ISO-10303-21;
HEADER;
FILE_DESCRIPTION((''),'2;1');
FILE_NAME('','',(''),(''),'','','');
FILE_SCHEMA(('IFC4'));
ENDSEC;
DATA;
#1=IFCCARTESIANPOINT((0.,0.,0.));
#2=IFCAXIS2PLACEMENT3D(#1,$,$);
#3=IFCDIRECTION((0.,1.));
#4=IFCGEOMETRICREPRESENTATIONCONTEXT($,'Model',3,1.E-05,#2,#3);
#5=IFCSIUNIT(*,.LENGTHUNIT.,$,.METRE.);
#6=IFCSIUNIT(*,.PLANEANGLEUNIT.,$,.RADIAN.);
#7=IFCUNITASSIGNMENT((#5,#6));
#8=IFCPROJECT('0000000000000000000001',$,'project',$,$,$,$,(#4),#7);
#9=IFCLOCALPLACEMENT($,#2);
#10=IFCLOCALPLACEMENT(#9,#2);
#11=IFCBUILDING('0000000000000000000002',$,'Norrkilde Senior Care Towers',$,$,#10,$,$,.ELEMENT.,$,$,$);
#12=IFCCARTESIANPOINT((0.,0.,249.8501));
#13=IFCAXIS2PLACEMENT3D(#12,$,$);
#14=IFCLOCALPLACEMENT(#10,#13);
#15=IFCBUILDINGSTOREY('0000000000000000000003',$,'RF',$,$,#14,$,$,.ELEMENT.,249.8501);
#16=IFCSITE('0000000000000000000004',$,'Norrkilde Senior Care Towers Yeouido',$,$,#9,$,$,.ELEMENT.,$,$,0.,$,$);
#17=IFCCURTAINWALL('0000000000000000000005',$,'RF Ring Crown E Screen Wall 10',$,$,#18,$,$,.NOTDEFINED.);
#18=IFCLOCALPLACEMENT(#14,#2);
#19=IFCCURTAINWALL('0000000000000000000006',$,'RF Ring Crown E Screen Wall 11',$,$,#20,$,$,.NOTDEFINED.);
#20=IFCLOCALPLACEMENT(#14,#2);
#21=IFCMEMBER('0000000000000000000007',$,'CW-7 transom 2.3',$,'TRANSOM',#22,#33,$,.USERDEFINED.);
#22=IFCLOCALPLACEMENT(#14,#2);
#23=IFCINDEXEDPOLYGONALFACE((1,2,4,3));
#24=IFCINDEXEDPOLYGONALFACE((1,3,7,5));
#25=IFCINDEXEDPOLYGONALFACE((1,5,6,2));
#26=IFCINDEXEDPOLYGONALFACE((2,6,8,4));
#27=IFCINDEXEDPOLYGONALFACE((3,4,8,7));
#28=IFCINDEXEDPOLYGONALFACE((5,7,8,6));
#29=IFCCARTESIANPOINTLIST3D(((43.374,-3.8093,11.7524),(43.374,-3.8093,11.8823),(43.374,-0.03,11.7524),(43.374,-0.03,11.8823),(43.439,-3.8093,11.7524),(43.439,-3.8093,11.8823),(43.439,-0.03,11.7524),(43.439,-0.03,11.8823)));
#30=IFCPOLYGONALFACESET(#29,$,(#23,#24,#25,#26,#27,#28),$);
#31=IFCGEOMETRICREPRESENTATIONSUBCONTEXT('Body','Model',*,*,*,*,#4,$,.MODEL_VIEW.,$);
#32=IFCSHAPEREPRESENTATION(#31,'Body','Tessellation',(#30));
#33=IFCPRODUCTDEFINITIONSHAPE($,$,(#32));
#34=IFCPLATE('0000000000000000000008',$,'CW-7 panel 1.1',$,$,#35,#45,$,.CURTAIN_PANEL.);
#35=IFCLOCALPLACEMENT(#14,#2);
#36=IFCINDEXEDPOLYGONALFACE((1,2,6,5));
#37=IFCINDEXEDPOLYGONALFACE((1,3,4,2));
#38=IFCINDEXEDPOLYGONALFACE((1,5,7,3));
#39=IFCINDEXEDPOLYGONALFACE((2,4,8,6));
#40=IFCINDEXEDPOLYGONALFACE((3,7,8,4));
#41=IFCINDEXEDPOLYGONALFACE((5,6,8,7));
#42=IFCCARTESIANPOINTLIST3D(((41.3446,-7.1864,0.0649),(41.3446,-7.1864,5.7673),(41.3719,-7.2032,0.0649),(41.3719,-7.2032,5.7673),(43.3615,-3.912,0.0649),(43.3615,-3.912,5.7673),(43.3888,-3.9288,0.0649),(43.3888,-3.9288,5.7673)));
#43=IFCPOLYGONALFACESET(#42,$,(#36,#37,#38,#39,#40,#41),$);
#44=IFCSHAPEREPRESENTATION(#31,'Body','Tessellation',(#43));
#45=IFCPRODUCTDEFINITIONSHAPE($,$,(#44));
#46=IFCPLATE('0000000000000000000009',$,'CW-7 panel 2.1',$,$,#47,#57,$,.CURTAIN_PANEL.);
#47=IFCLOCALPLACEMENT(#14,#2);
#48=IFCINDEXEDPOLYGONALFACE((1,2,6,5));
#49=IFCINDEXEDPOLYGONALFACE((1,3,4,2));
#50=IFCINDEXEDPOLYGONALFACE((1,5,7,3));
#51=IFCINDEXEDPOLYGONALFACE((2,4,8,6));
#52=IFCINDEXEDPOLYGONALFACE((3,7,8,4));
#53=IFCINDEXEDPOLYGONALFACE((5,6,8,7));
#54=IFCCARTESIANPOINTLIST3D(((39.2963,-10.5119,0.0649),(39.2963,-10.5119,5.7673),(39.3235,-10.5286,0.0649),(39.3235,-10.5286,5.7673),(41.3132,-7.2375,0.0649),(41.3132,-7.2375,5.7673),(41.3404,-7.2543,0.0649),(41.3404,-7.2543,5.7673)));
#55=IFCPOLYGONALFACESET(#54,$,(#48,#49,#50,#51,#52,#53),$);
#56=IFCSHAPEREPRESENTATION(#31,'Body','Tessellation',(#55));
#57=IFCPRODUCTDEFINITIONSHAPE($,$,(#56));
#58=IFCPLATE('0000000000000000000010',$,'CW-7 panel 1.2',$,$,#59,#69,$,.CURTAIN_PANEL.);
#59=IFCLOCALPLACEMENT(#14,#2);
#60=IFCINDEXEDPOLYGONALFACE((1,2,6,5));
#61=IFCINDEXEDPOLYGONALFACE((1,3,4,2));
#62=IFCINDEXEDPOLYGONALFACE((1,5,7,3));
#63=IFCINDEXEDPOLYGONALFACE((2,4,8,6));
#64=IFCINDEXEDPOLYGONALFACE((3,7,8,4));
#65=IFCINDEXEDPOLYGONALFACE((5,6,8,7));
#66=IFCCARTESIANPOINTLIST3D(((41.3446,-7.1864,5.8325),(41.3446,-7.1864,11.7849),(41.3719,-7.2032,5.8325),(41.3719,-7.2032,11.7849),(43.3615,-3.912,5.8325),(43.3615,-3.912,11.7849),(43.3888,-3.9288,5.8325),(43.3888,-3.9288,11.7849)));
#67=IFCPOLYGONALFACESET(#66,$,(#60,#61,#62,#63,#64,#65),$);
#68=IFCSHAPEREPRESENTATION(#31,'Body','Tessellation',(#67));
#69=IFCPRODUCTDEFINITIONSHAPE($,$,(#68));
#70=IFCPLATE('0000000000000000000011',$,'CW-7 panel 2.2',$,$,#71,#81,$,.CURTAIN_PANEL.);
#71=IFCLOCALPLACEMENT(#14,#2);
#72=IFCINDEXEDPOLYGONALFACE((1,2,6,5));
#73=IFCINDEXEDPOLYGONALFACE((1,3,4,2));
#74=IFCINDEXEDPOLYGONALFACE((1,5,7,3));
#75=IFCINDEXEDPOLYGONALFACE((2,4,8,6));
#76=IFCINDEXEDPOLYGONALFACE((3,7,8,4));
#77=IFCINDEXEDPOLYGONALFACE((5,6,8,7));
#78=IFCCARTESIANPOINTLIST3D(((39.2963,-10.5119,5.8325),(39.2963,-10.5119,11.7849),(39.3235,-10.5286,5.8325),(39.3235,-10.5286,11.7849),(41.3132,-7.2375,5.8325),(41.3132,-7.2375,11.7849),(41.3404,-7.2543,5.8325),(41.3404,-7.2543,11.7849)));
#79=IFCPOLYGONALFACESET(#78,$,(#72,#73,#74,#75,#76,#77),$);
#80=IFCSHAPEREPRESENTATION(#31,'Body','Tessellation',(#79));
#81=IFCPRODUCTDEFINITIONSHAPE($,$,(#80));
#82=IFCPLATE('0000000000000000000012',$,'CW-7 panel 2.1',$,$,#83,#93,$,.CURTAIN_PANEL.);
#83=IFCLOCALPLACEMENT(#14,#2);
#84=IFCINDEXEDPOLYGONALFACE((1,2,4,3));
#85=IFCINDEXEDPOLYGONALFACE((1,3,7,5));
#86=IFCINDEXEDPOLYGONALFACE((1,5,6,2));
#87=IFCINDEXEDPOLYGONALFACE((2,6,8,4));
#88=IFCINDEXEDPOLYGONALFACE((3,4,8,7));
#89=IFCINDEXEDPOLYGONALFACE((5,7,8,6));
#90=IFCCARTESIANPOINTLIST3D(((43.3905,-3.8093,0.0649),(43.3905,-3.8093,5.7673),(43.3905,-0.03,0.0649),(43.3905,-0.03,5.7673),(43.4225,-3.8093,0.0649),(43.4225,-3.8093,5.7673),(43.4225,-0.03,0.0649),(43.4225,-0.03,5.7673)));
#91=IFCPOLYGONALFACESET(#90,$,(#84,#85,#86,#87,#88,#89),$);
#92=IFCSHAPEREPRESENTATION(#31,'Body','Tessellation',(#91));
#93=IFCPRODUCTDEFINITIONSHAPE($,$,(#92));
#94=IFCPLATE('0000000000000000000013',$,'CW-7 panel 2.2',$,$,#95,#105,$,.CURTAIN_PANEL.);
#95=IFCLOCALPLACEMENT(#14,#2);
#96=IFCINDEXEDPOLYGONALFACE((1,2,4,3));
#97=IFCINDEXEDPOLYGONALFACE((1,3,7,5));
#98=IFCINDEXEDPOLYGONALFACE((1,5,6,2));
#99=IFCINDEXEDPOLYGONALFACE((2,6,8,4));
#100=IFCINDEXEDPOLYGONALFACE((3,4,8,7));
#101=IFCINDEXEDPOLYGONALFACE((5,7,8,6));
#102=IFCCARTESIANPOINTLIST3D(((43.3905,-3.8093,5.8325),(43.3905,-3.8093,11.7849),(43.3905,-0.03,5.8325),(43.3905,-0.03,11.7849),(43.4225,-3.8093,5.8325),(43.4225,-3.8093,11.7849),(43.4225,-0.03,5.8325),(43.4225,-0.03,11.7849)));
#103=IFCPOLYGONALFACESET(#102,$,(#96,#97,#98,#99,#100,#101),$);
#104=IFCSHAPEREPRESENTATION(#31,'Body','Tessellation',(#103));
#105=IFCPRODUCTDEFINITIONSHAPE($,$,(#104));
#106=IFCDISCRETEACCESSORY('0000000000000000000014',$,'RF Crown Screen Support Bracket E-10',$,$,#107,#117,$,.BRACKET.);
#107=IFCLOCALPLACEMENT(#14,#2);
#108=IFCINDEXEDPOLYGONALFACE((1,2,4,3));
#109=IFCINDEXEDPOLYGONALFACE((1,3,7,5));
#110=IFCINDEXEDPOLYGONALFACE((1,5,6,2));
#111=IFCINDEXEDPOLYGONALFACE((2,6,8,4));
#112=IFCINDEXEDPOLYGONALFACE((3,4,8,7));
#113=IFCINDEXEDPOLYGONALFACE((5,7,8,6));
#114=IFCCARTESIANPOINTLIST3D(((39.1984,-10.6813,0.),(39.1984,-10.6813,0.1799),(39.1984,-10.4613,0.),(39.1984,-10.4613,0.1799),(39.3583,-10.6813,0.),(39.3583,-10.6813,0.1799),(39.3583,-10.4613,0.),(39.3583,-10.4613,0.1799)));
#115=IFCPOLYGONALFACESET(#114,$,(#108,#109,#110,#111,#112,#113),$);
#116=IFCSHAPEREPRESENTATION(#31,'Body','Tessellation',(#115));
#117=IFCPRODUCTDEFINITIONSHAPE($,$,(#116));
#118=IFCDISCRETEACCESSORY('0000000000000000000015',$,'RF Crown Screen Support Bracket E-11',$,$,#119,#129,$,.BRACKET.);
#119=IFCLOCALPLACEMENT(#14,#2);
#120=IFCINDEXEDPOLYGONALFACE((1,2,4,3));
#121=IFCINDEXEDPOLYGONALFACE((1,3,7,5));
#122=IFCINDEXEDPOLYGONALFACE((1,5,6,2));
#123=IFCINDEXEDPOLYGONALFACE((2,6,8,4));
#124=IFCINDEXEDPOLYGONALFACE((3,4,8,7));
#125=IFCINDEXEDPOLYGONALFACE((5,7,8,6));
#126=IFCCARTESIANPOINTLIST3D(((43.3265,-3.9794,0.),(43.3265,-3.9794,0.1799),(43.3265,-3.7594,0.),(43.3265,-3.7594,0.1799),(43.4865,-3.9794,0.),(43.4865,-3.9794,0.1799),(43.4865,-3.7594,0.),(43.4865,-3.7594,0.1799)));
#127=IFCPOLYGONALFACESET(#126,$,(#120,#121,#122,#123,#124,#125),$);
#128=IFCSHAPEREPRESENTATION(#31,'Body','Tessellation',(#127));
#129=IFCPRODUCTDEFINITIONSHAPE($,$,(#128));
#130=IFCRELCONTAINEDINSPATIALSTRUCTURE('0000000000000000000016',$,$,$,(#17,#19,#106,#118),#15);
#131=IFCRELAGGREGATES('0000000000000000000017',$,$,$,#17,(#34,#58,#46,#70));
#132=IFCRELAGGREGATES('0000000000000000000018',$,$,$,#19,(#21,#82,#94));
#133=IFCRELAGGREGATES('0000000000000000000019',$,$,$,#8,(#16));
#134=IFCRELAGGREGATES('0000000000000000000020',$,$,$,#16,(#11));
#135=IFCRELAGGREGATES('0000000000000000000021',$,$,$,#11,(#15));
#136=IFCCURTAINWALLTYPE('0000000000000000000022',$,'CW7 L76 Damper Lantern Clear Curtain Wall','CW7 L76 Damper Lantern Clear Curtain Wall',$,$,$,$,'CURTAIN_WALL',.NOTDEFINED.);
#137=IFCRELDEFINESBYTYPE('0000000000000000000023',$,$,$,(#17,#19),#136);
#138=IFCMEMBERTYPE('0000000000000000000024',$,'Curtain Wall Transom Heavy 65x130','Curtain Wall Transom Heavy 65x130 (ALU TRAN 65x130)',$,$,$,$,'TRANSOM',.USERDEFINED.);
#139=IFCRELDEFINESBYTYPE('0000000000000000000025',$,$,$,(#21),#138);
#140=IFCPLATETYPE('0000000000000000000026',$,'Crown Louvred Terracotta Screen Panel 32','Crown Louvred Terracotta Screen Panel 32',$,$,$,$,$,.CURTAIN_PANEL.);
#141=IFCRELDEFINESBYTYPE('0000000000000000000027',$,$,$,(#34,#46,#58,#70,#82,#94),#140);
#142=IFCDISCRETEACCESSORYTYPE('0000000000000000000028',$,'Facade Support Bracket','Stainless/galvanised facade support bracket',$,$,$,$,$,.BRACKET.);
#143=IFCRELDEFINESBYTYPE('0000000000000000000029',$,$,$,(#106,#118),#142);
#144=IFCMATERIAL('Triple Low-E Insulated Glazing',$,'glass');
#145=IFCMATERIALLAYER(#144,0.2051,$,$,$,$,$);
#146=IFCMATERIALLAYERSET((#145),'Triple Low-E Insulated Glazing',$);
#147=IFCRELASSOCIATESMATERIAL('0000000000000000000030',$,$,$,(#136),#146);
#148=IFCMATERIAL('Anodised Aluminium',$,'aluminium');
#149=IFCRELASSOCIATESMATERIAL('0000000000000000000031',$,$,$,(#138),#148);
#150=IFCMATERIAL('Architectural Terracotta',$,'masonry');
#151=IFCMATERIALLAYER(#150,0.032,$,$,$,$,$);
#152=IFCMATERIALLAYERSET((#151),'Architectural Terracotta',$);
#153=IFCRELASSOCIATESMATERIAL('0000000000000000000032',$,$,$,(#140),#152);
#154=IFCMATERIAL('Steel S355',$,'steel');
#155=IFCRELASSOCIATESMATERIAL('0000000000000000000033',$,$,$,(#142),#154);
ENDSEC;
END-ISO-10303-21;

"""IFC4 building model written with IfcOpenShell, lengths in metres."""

from ifc_helpers import new_model, si_unit, direction, frame, origin, origin_2d, place, context, subcontext, project, spatial, rectangle, extrude, source, transform, mapped, material, layer, layer_set, material_profile, profile_set, type_object, type_shapes, element, aggregate, save


model = new_model("IFC4")

# Units and contexts
model_context = context("Model", 3, precision=1e-05, world=origin(), true_north=direction((0.0, 1.0)))
body_context = subcontext(model_context, "Body", "Model", "MODEL_VIEW")
ifc_project = project(units=[si_unit("LENGTHUNIT", "METRE"), si_unit("PLANEANGLEUNIT", "RADIAN")], contexts=[model_context])

# Site, building, storey
site_placement = place(None, origin())
site = spatial("IfcSite", under=ifc_project, at=site_placement, Name="Norrkilde Senior Care Towers Yeouido", CompositionType="ELEMENT", RefElevation=0.0)
building_placement = place(site_placement, origin())
building = spatial("IfcBuilding", under=site, at=building_placement, Name="Norrkilde Senior Care Towers", CompositionType="ELEMENT")
storey_placement = place(building_placement, frame((0.0, 0.0, 249.8501)))
storey = spatial("IfcBuildingStorey", under=building, at=storey_placement, Name="RF", CompositionType="ELEMENT", Elevation=249.8501)

# Shared definitions
ifc_material_1 = material(Name="Steel S355", Category="steel")

# Shared definitions
ifc_material_2 = material(Name="Triple Low-E Insulated Glazing", Category="glass")
ifc_layer_1 = layer(ifc_material_2, 0.2051)
ifc_layer_set_1 = layer_set([ifc_layer_1], Name="Triple Low-E Insulated Glazing")
curtain_wall_type = type_object("IfcCurtainWallType", Name="CW7 L76 Damper Lantern Clear Curtain Wall", Description="CW7 L76 Damper Lantern Clear Curtain Wall", ElementType="CURTAIN_WALL", PredefinedType="NOTDEFINED", material=ifc_layer_set_1)
ifc_material_3 = material(Name="Anodised Aluminium", Category="aluminium")

# Curtain wall
curtain_wall_1_placement = place(storey_placement, origin())
curtain_wall_1 = element("IfcCurtainWall", 1, at=curtain_wall_1_placement, inside=storey, type_object=curtain_wall_type, Name="RF Ring Crown E Screen Wall 10", PredefinedType="NOTDEFINED")

# Curtain wall
curtain_wall_2_placement = place(storey_placement, origin())
curtain_wall_2 = element("IfcCurtainWall", 2, at=curtain_wall_2_placement, inside=storey, type_object=curtain_wall_type, Name="RF Ring Crown E Screen Wall 11", PredefinedType="NOTDEFINED")

# Member
ifc_material_profile_1 = material_profile(ifc_material_3, rectangle(XDim=0.0649, YDim=0.1299, at=origin_2d()), Name="ALU TRAN 65x130")
ifc_profile_set_1 = profile_set([ifc_material_profile_1], Name="Anodised Aluminium")
member_type_1 = type_object("IfcMemberType", Name="Curtain Wall Transom Heavy 65x130", Description="Curtain Wall Transom Heavy 65x130 (ALU TRAN 65x130)", ElementType="TRANSOM", PredefinedType="USERDEFINED", material=ifc_profile_set_1)
shared_shape_1 = source(origin(), body_context, "Body", "SweptSolid", [
    extrude(rectangle(XDim=0.0649, YDim=0.1299, at=origin_2d()), origin(), (0.0, 0.0, 1.0), 3.7793),
])
member_1_placement = place(storey_placement, frame((43.4065, -0.03, 11.8174), z_axis=(0.0, -1.0, 0.0), x_axis=(1.0, 0.0, 0.0)))
member_1 = element("IfcMember", 3, at=member_1_placement, type_object=member_type_1, Name="CW-7 transom 2.3", ObjectType="TRANSOM", PredefinedType="USERDEFINED", context=body_context, shape_type="MappedRepresentation", body=[
    mapped(shared_shape_1, transform((0.0, 0.0, 0.0), x_axis=(1.0, 0.0, 0.0), y_axis=(0.0, 1.0, 0.0), z_axis=(0.0, 0.0, 1.0), scale=1.0)),
])

# Plates
ifc_material_4 = material(Name="Architectural Terracotta", Category="masonry")
ifc_layer_2 = layer(ifc_material_4, 0.032)
ifc_layer_set_2 = layer_set([ifc_layer_2], Name="Architectural Terracotta")
plate_type = type_object("IfcPlateType", Name="Crown Louvred Terracotta Screen Panel 32", Description="Crown Louvred Terracotta Screen Panel 32", PredefinedType="CURTAIN_PANEL", material=ifc_layer_set_2)
shared_shape_2 = source(origin(), body_context, "Body", "SweptSolid", [
    extrude(rectangle(XDim=3.8457, YDim=0.032, at=origin_2d()), origin(), (0.0, 0.0, 1.0), 5.7024),
])
plate_1_placement = place(storey_placement, frame((42.3667, -5.5576, 0.0649), z_axis=(0.0, 0.0, 1.0), x_axis=(-0.524458, -0.851436, 0.0)))
plate_1 = element("IfcPlate", 4, at=plate_1_placement, type_object=plate_type, Name="CW-7 panel 1.1", PredefinedType="CURTAIN_PANEL", context=body_context, shape_type="MappedRepresentation", body=[
    mapped(shared_shape_2, transform((0.0, 0.0, 0.0), x_axis=(1.0, 0.0, 0.0), y_axis=(0.0, 1.0, 0.0), z_axis=(0.0, 0.0, 1.0), scale=1.0)),
])
plate_2_placement = place(storey_placement, frame((40.3184, -8.8831, 0.0649), z_axis=(0.0, 0.0, 1.0), x_axis=(-0.524458, -0.851436, 0.0)))
plate_2 = element("IfcPlate", 5, at=plate_2_placement, type_object=plate_type, Name="CW-7 panel 2.1", PredefinedType="CURTAIN_PANEL", context=body_context, shape_type="MappedRepresentation", body=[
    mapped(shared_shape_2, transform((0.0, 0.0, 0.0), x_axis=(1.0, 0.0, 0.0), y_axis=(0.0, 1.0, 0.0), z_axis=(0.0, 0.0, 1.0), scale=1.0)),
])
shared_shape_3 = source(origin(), body_context, "Body", "SweptSolid", [
    extrude(rectangle(XDim=3.8457, YDim=0.032, at=origin_2d()), origin(), (0.0, 0.0, 1.0), 5.9524),
])
plate_3_placement = place(storey_placement, frame((42.3667, -5.5576, 5.8325), z_axis=(0.0, 0.0, 1.0), x_axis=(-0.524458, -0.851436, 0.0)))
plate_3 = element("IfcPlate", 6, at=plate_3_placement, type_object=plate_type, Name="CW-7 panel 1.2", PredefinedType="CURTAIN_PANEL", context=body_context, shape_type="MappedRepresentation", body=[
    mapped(shared_shape_3, transform((0.0, 0.0, 0.0), x_axis=(1.0, 0.0, 0.0), y_axis=(0.0, 1.0, 0.0), z_axis=(0.0, 0.0, 1.0), scale=1.0)),
])
plate_4_placement = place(storey_placement, frame((40.3184, -8.8831, 5.8325), z_axis=(0.0, 0.0, 1.0), x_axis=(-0.524458, -0.851436, 0.0)))
plate_4 = element("IfcPlate", 7, at=plate_4_placement, type_object=plate_type, Name="CW-7 panel 2.2", PredefinedType="CURTAIN_PANEL", context=body_context, shape_type="MappedRepresentation", body=[
    mapped(shared_shape_3, transform((0.0, 0.0, 0.0), x_axis=(1.0, 0.0, 0.0), y_axis=(0.0, 1.0, 0.0), z_axis=(0.0, 0.0, 1.0), scale=1.0)),
])
aggregate(curtain_wall_1, [plate_1, plate_3, plate_2, plate_4])
shared_shape_4 = source(origin(), body_context, "Body", "SweptSolid", [
    extrude(rectangle(XDim=3.7793, YDim=0.032, at=origin_2d()), origin(), (0.0, 0.0, 1.0), 5.7024),
])
plate_5_placement = place(storey_placement, frame((43.4065, -1.9197, 0.0649), z_axis=(0.0, 0.0, 1.0), x_axis=(0.0, -1.0, 0.0)))
plate_5 = element("IfcPlate", 8, at=plate_5_placement, type_object=plate_type, Name="CW-7 panel 2.1", PredefinedType="CURTAIN_PANEL", context=body_context, shape_type="MappedRepresentation", body=[
    mapped(shared_shape_4, transform((0.0, 0.0, 0.0), x_axis=(1.0, 0.0, 0.0), y_axis=(0.0, 1.0, 0.0), z_axis=(0.0, 0.0, 1.0), scale=1.0)),
])
shared_shape_5 = source(origin(), body_context, "Body", "SweptSolid", [
    extrude(rectangle(XDim=3.7793, YDim=0.032, at=origin_2d()), origin(), (0.0, 0.0, 1.0), 5.9524),
])
type_shapes(plate_type, [shared_shape_2, shared_shape_3, shared_shape_4, shared_shape_5])
plate_6_placement = place(storey_placement, frame((43.4065, -1.9197, 5.8325), z_axis=(0.0, 0.0, 1.0), x_axis=(0.0, -1.0, 0.0)))
plate_6 = element("IfcPlate", 9, at=plate_6_placement, type_object=plate_type, Name="CW-7 panel 2.2", PredefinedType="CURTAIN_PANEL", context=body_context, shape_type="MappedRepresentation", body=[
    mapped(shared_shape_5, transform((0.0, 0.0, 0.0), x_axis=(1.0, 0.0, 0.0), y_axis=(0.0, 1.0, 0.0), z_axis=(0.0, 0.0, 1.0), scale=1.0)),
])
aggregate(curtain_wall_2, [member_1, plate_5, plate_6])

# Discrete accessories
discrete_accessory_type = type_object("IfcDiscreteAccessoryType", Name="Facade Support Bracket", Description="Stainless/galvanised facade support bracket", PredefinedType="BRACKET", material=ifc_material_1)
shared_shape_6 = source(origin(), body_context, "Body", "SweptSolid", [
    extrude(rectangle(XDim=0.1599, YDim=0.22, at=origin_2d()), origin(), (0.0, 0.0, 1.0), 0.1799),
])
type_shapes(discrete_accessory_type, [shared_shape_6])
for number, where, z_axis, x_axis, name in (
    (10, (39.2783, -10.5713, 0.0), (0.0, 0.0, 1.0), (1.0, 0.0, 0.0), "RF Crown Screen Support Bracket E-10"),
    (11, (43.4065, -3.8694, 0.0), (0.0, 0.0, 1.0), (1.0, 0.0, 0.0), "RF Crown Screen Support Bracket E-11"),
):
    element("IfcDiscreteAccessory", number, at=place(storey_placement, frame(where, z_axis=z_axis, x_axis=x_axis)), inside=storey, type_object=discrete_accessory_type, Name=name, PredefinedType="BRACKET", context=body_context, shape_type="MappedRepresentation", body=[
        mapped(shared_shape_6, transform((0.0, 0.0, 0.0), x_axis=(1.0, 0.0, 0.0), y_axis=(0.0, 1.0, 0.0), z_axis=(0.0, 0.0, 1.0), scale=1.0)),
    ])

save(model, "model.ifc")
